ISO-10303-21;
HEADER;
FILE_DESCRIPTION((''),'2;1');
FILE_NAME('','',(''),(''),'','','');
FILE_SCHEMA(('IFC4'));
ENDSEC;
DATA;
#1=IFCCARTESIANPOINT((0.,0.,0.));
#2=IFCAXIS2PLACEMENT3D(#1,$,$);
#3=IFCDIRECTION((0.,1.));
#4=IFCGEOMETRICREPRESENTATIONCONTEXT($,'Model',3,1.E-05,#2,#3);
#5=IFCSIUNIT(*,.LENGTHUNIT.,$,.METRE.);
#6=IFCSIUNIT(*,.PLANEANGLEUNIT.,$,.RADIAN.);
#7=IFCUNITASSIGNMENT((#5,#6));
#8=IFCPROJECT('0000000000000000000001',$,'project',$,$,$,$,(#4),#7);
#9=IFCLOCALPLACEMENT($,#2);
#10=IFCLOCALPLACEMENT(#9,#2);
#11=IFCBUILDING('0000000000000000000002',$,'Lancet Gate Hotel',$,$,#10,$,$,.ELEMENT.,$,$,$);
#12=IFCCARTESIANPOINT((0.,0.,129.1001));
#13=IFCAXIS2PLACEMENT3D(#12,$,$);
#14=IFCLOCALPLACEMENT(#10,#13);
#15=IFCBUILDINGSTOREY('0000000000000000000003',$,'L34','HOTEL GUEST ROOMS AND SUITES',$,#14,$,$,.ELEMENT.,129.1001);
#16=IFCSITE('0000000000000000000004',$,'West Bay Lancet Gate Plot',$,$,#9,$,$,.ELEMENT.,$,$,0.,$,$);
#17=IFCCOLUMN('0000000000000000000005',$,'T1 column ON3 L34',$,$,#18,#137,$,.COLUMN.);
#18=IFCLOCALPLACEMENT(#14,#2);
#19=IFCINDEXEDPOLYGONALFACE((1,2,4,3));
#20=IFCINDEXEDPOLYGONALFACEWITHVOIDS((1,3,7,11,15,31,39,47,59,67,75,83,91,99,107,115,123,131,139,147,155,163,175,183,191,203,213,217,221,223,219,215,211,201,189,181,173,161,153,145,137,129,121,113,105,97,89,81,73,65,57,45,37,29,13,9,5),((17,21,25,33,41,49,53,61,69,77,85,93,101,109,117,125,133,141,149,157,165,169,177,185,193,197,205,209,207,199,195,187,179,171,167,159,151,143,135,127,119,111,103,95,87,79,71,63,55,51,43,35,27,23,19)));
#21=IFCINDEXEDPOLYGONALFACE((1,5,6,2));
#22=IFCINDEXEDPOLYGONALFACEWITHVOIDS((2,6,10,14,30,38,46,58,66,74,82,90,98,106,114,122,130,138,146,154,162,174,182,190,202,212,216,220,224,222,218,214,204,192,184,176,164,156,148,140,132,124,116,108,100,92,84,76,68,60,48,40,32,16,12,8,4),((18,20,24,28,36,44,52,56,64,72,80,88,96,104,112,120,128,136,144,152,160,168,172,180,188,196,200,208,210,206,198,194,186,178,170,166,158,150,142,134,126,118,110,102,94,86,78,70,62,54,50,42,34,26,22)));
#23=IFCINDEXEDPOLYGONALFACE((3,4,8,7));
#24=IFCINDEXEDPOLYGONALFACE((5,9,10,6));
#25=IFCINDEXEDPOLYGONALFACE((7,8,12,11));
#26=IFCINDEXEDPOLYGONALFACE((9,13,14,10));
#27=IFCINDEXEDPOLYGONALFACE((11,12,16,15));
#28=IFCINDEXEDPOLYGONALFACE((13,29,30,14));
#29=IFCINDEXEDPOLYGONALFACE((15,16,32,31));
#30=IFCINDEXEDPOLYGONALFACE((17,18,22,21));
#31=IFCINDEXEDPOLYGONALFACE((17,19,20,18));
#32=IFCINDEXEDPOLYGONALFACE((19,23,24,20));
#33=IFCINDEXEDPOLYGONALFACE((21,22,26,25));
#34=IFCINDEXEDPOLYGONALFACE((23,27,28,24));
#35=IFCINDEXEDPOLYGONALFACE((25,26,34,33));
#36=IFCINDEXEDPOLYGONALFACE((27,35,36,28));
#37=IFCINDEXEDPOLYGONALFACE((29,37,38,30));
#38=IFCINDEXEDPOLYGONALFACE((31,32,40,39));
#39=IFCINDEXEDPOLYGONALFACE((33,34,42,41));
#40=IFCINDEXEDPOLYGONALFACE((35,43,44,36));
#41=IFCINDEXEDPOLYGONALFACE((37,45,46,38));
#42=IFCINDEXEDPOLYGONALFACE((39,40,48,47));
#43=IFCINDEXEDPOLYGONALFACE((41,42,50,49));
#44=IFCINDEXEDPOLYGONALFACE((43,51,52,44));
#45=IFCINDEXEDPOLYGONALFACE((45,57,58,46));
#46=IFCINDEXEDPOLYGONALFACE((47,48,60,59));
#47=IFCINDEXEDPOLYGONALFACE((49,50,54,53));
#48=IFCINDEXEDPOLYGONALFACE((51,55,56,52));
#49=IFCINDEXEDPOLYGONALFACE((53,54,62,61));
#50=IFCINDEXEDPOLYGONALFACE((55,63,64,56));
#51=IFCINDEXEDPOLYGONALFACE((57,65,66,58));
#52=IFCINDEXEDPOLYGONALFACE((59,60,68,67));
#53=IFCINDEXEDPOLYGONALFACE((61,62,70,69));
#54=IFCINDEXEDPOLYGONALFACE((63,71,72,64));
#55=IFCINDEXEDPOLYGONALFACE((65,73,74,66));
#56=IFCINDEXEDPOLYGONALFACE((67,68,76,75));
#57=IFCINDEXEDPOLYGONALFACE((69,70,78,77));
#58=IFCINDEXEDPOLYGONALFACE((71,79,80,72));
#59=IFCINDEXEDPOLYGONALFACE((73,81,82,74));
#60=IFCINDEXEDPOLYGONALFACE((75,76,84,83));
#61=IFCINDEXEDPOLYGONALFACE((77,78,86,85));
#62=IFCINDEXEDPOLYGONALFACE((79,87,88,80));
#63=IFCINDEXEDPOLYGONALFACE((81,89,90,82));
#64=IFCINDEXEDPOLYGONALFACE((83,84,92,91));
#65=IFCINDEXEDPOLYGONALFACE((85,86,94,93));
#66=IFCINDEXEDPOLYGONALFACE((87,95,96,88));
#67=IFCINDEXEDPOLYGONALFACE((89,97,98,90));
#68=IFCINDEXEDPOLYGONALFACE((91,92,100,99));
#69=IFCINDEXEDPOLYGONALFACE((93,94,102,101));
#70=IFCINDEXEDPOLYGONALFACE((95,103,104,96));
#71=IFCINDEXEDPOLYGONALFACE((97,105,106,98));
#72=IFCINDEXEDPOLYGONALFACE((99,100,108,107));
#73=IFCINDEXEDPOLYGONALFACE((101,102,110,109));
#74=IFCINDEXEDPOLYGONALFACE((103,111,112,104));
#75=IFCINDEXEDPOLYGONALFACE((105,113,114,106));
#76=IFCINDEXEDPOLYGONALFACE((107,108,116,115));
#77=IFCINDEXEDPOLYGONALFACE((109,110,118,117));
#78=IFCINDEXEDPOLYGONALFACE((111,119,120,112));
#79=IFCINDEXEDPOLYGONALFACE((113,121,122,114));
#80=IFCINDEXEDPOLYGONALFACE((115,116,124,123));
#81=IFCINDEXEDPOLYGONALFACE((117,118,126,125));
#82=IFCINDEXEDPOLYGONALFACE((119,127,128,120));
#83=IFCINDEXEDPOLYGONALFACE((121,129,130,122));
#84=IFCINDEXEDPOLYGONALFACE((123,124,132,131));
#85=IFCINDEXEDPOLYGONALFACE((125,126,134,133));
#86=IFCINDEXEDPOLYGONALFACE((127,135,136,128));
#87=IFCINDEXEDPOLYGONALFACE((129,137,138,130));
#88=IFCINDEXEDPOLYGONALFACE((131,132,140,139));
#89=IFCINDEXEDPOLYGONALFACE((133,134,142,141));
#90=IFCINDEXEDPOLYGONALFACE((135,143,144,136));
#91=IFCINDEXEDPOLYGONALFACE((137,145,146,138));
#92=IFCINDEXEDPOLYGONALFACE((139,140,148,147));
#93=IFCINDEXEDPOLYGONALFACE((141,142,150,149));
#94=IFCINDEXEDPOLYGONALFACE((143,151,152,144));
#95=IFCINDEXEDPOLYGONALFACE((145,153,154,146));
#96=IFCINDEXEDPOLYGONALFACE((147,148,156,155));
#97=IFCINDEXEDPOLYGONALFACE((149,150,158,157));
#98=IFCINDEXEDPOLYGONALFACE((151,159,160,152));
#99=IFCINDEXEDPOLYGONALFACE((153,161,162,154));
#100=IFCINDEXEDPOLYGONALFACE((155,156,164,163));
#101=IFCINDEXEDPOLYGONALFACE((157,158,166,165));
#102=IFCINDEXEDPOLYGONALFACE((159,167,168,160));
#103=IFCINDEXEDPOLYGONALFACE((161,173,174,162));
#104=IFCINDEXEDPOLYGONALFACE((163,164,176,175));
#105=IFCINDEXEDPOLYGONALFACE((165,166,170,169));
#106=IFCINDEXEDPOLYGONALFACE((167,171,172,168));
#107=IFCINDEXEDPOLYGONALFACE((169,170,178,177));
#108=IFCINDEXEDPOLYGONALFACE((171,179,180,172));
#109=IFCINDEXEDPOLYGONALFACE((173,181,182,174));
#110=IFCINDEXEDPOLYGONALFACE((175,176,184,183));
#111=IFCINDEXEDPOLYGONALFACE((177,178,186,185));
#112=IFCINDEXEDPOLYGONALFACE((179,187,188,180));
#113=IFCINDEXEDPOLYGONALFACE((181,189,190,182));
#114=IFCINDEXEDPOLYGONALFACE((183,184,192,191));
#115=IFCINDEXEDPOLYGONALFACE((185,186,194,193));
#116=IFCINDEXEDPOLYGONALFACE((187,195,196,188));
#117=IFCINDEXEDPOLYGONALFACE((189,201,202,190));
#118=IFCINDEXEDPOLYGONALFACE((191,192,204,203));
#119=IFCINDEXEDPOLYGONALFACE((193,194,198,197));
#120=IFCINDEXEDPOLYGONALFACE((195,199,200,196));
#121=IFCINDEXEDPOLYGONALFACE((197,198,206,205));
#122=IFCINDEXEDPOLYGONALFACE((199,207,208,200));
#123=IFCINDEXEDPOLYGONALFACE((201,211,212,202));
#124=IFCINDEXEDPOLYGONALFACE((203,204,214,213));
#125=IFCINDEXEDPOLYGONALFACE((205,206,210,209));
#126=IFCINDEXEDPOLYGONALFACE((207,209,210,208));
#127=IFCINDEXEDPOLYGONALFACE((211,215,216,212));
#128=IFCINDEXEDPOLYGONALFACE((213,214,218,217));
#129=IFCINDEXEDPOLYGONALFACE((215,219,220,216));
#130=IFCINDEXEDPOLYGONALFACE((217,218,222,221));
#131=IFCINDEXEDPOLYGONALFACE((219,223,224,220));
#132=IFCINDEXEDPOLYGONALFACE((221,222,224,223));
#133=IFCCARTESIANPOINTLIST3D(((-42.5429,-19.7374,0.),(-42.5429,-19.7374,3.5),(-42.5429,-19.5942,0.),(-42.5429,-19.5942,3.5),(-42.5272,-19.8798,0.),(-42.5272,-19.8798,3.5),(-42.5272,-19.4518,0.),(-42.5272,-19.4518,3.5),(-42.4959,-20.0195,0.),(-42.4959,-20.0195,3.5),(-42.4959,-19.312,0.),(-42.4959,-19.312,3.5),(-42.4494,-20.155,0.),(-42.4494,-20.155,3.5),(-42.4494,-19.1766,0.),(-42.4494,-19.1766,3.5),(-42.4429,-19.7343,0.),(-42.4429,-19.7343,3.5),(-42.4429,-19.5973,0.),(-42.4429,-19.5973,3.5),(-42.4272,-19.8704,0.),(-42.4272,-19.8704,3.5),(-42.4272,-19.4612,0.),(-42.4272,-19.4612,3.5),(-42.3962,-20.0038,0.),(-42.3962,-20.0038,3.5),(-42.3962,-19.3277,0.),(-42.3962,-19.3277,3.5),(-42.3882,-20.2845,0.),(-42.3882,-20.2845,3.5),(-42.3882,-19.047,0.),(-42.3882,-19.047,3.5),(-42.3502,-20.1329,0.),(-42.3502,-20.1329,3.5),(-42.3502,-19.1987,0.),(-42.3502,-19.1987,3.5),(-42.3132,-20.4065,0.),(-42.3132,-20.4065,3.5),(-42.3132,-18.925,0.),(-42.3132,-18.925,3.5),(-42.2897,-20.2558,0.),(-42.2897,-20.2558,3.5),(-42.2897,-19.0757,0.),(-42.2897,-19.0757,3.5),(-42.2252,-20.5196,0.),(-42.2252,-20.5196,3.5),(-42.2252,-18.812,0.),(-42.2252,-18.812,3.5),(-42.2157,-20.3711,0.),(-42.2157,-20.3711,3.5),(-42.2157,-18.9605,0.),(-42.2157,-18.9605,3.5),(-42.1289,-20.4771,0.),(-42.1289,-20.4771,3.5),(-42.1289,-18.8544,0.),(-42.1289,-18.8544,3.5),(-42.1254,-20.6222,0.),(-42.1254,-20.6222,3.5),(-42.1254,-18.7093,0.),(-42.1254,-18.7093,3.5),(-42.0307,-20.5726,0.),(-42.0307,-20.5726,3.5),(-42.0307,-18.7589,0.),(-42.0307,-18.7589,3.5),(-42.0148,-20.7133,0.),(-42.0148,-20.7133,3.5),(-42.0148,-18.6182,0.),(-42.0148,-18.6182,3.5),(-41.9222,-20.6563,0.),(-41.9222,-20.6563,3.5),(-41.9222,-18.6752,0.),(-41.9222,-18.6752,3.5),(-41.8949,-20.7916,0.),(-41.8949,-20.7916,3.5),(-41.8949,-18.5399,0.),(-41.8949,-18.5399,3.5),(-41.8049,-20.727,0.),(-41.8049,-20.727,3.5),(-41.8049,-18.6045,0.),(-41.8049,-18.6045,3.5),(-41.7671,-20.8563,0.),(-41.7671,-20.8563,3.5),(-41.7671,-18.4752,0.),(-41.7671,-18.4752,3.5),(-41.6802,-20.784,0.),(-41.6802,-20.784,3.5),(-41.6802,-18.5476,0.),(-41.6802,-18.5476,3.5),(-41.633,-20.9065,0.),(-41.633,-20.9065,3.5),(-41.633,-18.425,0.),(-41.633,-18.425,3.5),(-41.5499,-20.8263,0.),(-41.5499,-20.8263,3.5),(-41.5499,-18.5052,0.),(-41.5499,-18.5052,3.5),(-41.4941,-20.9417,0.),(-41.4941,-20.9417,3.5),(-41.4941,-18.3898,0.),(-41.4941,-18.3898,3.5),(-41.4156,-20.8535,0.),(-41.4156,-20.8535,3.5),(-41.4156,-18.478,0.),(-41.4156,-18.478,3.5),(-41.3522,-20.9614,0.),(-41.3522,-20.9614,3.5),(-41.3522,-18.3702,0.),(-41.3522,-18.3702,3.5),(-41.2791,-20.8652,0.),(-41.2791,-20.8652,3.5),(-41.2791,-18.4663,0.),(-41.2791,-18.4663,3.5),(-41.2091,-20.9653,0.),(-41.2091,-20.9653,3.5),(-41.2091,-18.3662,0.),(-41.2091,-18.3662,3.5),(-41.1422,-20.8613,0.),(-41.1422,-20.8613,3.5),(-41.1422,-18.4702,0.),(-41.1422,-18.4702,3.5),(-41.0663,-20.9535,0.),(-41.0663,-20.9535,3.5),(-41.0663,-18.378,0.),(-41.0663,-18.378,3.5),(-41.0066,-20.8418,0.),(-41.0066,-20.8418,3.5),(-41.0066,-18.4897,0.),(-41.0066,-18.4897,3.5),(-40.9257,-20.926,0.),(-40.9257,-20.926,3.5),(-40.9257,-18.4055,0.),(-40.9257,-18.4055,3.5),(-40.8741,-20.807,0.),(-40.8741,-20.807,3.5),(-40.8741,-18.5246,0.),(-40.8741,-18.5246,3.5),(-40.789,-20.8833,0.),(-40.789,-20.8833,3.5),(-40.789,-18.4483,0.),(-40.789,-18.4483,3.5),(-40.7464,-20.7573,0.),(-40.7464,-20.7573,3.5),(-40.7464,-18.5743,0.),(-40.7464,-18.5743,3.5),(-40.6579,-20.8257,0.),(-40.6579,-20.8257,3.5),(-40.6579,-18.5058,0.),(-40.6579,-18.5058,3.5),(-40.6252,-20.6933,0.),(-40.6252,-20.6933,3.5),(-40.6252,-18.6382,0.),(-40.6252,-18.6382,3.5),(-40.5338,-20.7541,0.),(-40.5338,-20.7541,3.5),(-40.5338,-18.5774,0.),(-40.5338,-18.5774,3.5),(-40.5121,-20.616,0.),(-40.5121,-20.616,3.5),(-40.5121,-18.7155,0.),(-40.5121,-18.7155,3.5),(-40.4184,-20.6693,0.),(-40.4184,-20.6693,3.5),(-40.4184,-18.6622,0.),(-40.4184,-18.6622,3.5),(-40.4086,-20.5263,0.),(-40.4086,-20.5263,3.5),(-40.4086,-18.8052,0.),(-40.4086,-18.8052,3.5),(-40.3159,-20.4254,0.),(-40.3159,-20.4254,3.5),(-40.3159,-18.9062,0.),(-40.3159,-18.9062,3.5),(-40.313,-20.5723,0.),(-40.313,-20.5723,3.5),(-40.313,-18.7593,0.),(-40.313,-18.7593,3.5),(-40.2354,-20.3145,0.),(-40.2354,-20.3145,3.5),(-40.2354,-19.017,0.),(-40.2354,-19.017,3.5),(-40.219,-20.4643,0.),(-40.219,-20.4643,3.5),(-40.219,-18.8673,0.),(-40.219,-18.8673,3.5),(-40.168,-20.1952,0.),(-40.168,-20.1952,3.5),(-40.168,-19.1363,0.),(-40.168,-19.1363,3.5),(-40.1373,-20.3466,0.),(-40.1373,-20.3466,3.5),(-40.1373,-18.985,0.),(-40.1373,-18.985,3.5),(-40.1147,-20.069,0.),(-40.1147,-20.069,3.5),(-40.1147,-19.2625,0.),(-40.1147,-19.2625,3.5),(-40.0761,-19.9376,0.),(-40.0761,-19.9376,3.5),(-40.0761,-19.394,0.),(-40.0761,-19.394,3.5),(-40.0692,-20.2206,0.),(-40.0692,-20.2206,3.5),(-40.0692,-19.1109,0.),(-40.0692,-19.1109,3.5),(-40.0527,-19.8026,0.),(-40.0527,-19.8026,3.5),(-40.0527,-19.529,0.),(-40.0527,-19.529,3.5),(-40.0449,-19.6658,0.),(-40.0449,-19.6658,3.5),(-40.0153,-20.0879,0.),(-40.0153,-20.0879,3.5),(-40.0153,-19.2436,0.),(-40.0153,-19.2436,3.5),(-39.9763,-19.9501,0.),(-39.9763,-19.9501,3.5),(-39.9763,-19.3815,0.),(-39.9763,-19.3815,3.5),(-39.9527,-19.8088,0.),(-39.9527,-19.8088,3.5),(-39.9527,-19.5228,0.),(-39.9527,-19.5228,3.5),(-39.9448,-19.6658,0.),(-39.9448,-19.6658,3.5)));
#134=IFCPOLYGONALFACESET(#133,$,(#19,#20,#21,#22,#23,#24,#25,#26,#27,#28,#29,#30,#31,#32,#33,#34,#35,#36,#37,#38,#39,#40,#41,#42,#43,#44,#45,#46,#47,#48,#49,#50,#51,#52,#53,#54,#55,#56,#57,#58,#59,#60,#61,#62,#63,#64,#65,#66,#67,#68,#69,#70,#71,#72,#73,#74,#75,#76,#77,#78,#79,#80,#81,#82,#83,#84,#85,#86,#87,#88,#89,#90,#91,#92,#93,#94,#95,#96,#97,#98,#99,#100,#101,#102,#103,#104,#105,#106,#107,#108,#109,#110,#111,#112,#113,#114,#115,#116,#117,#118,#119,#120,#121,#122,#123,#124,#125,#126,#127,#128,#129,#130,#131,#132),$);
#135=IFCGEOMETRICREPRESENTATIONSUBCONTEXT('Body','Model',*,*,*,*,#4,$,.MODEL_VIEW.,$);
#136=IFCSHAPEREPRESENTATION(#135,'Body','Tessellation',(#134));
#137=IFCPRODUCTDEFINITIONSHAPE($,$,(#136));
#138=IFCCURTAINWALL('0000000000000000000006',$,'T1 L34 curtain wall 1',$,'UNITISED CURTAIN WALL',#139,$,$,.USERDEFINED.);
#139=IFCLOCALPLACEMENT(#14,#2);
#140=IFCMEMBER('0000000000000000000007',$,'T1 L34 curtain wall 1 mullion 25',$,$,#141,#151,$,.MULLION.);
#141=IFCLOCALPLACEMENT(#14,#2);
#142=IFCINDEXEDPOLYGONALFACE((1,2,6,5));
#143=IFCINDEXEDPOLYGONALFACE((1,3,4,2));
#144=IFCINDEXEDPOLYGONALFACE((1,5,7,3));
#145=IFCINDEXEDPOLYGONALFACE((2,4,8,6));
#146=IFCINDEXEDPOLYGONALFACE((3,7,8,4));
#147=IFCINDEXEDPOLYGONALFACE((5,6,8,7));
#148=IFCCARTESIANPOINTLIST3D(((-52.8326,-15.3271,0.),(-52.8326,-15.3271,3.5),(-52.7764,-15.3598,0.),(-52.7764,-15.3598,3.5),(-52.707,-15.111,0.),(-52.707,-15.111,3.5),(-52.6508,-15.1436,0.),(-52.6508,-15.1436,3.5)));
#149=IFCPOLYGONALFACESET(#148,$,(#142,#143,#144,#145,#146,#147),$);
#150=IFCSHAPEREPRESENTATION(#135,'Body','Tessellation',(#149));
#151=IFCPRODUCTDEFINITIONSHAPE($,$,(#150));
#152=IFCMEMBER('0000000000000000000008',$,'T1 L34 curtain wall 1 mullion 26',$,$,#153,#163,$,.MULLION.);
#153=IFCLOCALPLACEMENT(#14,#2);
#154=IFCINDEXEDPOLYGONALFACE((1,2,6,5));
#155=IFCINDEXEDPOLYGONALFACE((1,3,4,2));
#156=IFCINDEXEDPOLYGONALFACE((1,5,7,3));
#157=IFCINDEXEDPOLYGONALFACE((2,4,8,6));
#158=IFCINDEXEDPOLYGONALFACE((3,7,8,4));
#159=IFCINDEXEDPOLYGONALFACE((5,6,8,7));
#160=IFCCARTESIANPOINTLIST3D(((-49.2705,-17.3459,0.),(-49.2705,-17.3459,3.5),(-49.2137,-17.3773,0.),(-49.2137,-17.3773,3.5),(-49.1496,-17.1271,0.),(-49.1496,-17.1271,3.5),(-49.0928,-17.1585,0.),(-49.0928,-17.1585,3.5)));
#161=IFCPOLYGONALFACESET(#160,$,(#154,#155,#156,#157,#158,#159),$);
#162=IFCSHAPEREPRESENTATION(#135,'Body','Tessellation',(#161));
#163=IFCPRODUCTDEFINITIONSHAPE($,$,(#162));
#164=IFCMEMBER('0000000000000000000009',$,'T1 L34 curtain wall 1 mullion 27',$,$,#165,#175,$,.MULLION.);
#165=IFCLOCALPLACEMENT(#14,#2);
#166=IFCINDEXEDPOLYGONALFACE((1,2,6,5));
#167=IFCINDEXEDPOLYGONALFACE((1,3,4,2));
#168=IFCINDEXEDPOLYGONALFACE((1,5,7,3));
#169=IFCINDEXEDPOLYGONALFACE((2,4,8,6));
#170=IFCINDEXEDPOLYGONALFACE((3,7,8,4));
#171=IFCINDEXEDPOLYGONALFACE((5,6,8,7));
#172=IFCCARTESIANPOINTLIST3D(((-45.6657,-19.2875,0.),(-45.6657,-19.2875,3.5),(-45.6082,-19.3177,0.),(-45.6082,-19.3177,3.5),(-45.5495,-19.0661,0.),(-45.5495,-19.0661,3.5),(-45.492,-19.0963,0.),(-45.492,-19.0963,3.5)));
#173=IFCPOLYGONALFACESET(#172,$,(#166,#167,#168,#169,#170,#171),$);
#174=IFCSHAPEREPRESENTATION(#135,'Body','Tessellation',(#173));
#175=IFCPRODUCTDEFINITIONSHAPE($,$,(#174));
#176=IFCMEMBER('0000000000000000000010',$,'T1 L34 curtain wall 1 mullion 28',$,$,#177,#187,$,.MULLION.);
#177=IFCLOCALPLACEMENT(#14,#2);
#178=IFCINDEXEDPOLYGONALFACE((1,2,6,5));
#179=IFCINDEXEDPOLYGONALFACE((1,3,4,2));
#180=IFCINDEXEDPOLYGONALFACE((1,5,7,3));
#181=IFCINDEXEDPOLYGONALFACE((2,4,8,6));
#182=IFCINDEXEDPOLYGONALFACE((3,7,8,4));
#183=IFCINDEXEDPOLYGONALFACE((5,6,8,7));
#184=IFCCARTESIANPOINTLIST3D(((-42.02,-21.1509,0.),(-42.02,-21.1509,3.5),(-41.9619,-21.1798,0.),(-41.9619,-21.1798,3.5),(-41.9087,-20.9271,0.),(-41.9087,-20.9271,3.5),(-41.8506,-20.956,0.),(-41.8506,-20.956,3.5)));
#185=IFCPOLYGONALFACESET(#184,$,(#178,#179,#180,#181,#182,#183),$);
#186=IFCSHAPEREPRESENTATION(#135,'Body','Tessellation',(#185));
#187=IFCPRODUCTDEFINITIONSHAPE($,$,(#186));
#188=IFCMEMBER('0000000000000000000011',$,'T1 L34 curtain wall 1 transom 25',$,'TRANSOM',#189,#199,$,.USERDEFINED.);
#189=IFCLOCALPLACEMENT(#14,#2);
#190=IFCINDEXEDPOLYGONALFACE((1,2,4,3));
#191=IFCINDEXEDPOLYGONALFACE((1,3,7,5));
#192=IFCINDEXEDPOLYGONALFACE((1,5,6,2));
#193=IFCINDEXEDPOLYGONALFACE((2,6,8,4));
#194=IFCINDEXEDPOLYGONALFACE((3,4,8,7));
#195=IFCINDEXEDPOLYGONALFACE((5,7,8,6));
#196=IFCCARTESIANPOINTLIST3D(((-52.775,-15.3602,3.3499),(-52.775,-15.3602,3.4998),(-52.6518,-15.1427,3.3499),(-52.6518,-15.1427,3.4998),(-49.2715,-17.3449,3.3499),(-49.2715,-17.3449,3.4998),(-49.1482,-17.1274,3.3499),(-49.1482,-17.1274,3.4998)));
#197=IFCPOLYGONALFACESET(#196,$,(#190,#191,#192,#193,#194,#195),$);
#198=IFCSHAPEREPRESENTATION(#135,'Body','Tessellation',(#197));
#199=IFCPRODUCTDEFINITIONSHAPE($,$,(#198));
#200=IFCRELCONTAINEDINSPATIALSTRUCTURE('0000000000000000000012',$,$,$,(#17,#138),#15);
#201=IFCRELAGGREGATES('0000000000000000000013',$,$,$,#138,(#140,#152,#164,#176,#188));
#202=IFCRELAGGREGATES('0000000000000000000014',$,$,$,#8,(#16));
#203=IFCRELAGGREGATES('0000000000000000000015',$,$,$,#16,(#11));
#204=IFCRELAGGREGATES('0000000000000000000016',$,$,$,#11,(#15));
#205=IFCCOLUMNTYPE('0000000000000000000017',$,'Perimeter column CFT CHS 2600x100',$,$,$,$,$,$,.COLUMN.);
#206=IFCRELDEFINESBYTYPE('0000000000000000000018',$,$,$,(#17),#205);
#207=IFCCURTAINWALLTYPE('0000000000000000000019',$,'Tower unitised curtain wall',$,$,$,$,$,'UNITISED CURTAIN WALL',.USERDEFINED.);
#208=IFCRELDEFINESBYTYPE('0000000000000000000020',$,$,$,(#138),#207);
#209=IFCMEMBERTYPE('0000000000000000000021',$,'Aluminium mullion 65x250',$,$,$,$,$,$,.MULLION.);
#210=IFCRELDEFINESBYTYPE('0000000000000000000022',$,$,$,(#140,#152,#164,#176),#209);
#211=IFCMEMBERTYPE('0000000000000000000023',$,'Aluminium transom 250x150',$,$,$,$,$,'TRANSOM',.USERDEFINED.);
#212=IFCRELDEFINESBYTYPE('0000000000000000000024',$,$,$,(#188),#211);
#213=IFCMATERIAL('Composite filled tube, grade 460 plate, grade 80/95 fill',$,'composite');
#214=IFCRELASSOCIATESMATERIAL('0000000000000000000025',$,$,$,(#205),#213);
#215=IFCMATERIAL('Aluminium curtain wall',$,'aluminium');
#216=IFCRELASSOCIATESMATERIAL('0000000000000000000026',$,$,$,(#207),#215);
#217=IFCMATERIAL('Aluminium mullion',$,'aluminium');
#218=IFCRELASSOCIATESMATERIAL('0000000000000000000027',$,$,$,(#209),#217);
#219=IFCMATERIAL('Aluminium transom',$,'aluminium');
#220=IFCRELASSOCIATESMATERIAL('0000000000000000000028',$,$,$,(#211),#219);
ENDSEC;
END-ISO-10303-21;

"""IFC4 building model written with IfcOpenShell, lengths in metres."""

from ifc_helpers import new_model, si_unit, direction, frame, origin, origin_2d, place, context, subcontext, project, spatial, rectangle, hollow_circle, extrude, material, material_profile, profile_set, type_object, element, aggregate, save


model = new_model("IFC4")

# Units and contexts
model_context = context("Model", 3, precision=1e-05, world=origin(), true_north=direction((0.0, 1.0)))
body_context = subcontext(model_context, "Body", "Model", "MODEL_VIEW")
ifc_project = project(units=[si_unit("LENGTHUNIT", "METRE"), si_unit("PLANEANGLEUNIT", "RADIAN")], contexts=[model_context])

# Site, building, storey
site_placement = place(None, origin())
site = spatial("IfcSite", under=ifc_project, at=site_placement, Name="West Bay Lancet Gate Plot", CompositionType="ELEMENT", RefElevation=0.0)
building_placement = place(site_placement, origin())
building = spatial("IfcBuilding", under=site, at=building_placement, Name="Lancet Gate Hotel", CompositionType="ELEMENT")
storey_placement = place(building_placement, frame((0.0, 0.0, 129.1001)))
storey = spatial("IfcBuildingStorey", under=building, at=storey_placement, Name="L34", Description="HOTEL GUEST ROOMS AND SUITES", CompositionType="ELEMENT", Elevation=129.1001)

# Column
ifc_material_1 = material(Name="Composite filled tube, grade 460 plate, grade 80/95 fill", Category="composite")
ifc_material_profile_1 = material_profile(ifc_material_1, hollow_circle(Radius=1.3, WallThickness=0.1001, at=origin_2d()), Name="CHS 2600x100")
ifc_profile_set_1 = profile_set([ifc_material_profile_1], Name="Composite filled tube, grade 460 plate, grade 80/95 fill")
column_type = type_object("IfcColumnType", Name="Perimeter column CFT CHS 2600x100", PredefinedType="COLUMN", material=ifc_profile_set_1)
for number, where, z_axis, x_axis, name in (
    (1, (-41.2449, -19.6658, 0.0), (0.0, 0.0, 1.0), (1.0, 0.0, 0.0), "T1 column ON3 L34"),
):
    element("IfcColumn", number, at=place(storey_placement, frame(where, z_axis=z_axis, x_axis=x_axis)), inside=storey, type_object=column_type, Name=name, PredefinedType="COLUMN", context=body_context, shape_type="SweptSolid", body=[
        extrude(hollow_circle(Radius=1.3, WallThickness=0.1001, at=origin_2d()), origin(), (0.0, 0.0, 1.0), 3.5),
    ])

# Curtain wall, members
ifc_material_2 = material(Name="Aluminium curtain wall", Category="aluminium")
curtain_wall_type = type_object("IfcCurtainWallType", Name="Tower unitised curtain wall", ElementType="UNITISED CURTAIN WALL", PredefinedType="USERDEFINED", material=ifc_material_2)
curtain_wall_placement = place(storey_placement, origin())
curtain_wall = element("IfcCurtainWall", 2, at=curtain_wall_placement, inside=storey, type_object=curtain_wall_type, Name="T1 L34 curtain wall 1", ObjectType="UNITISED CURTAIN WALL", PredefinedType="USERDEFINED")
ifc_material_3 = material(Name="Aluminium mullion", Category="aluminium")
ifc_material_profile_2 = material_profile(ifc_material_3, rectangle(XDim=0.0649, YDim=0.25, at=origin_2d()), Name="MULLION 65x250")
ifc_profile_set_2 = profile_set([ifc_material_profile_2], Name="Aluminium mullion")
member_type_1 = type_object("IfcMemberType", Name="Aluminium mullion 65x250", PredefinedType="MULLION", material=ifc_profile_set_2)
member_1_placement = place(storey_placement, frame((-52.7417, -15.2354, 0.0), z_axis=(0.0, 0.0, 1.0), x_axis=(0.864728, -0.502241, 0.0)))
member_1 = element("IfcMember", 3, at=member_1_placement, type_object=member_type_1, Name="T1 L34 curtain wall 1 mullion 25", PredefinedType="MULLION", context=body_context, shape_type="SweptSolid", body=[
    extrude(rectangle(XDim=0.0649, YDim=0.25, at=origin_2d()), origin(), (0.0, 0.0, 1.0), 3.5),
])
member_2_placement = place(storey_placement, frame((-49.1816, -17.2522, 0.0), z_axis=(0.0, 0.0, 1.0), x_axis=(0.875339, -0.48351, 0.0)))
member_2 = element("IfcMember", 4, at=member_2_placement, type_object=member_type_1, Name="T1 L34 curtain wall 1 mullion 26", PredefinedType="MULLION", context=body_context, shape_type="SweptSolid", body=[
    extrude(rectangle(XDim=0.0649, YDim=0.25, at=origin_2d()), origin(), (0.0, 0.0, 1.0), 3.5),
])
member_3_placement = place(storey_placement, frame((-45.5789, -19.1919, 0.0), z_axis=(0.0, 0.0, 1.0), x_axis=(0.885544, -0.464555, 0.0)))
member_3 = element("IfcMember", 5, at=member_3_placement, type_object=member_type_1, Name="T1 L34 curtain wall 1 mullion 27", PredefinedType="MULLION", context=body_context, shape_type="SweptSolid", body=[
    extrude(rectangle(XDim=0.0649, YDim=0.25, at=origin_2d()), origin(), (0.0, 0.0, 1.0), 3.5),
])
member_4_placement = place(storey_placement, frame((-41.9353, -21.0535, 0.0), z_axis=(0.0, 0.0, 1.0), x_axis=(0.895339, -0.445384, 0.0)))
member_4 = element("IfcMember", 6, at=member_4_placement, type_object=member_type_1, Name="T1 L34 curtain wall 1 mullion 28", PredefinedType="MULLION", context=body_context, shape_type="SweptSolid", body=[
    extrude(rectangle(XDim=0.0649, YDim=0.25, at=origin_2d()), origin(), (0.0, 0.0, 1.0), 3.5),
])
ifc_material_4 = material(Name="Aluminium transom", Category="aluminium")
ifc_material_profile_3 = material_profile(ifc_material_4, rectangle(XDim=0.25, YDim=0.1499, at=origin_2d()), Name="TRANSOM 250x150")
ifc_profile_set_3 = profile_set([ifc_material_profile_3], Name="Aluminium transom")
member_type_2 = type_object("IfcMemberType", Name="Aluminium transom 250x150", ElementType="TRANSOM", PredefinedType="USERDEFINED", material=ifc_profile_set_3)
member_5_placement = place(storey_placement, frame((-52.7134, -15.2515, 3.4248), z_axis=(0.870092, -0.49289, 0.0), x_axis=(0.49289, 0.870092, 0.0)))
member_5 = element("IfcMember", 7, at=member_5_placement, type_object=member_type_2, Name="T1 L34 curtain wall 1 transom 25", ObjectType="TRANSOM", PredefinedType="USERDEFINED", context=body_context, shape_type="SweptSolid", body=[
    extrude(rectangle(XDim=0.25, YDim=0.1499, at=origin_2d()), origin(), (0.0, 0.0, 1.0), 4.0266),
])

aggregate(curtain_wall, [member_1, member_2, member_3, member_4, member_5])

save(model, "model.ifc")
